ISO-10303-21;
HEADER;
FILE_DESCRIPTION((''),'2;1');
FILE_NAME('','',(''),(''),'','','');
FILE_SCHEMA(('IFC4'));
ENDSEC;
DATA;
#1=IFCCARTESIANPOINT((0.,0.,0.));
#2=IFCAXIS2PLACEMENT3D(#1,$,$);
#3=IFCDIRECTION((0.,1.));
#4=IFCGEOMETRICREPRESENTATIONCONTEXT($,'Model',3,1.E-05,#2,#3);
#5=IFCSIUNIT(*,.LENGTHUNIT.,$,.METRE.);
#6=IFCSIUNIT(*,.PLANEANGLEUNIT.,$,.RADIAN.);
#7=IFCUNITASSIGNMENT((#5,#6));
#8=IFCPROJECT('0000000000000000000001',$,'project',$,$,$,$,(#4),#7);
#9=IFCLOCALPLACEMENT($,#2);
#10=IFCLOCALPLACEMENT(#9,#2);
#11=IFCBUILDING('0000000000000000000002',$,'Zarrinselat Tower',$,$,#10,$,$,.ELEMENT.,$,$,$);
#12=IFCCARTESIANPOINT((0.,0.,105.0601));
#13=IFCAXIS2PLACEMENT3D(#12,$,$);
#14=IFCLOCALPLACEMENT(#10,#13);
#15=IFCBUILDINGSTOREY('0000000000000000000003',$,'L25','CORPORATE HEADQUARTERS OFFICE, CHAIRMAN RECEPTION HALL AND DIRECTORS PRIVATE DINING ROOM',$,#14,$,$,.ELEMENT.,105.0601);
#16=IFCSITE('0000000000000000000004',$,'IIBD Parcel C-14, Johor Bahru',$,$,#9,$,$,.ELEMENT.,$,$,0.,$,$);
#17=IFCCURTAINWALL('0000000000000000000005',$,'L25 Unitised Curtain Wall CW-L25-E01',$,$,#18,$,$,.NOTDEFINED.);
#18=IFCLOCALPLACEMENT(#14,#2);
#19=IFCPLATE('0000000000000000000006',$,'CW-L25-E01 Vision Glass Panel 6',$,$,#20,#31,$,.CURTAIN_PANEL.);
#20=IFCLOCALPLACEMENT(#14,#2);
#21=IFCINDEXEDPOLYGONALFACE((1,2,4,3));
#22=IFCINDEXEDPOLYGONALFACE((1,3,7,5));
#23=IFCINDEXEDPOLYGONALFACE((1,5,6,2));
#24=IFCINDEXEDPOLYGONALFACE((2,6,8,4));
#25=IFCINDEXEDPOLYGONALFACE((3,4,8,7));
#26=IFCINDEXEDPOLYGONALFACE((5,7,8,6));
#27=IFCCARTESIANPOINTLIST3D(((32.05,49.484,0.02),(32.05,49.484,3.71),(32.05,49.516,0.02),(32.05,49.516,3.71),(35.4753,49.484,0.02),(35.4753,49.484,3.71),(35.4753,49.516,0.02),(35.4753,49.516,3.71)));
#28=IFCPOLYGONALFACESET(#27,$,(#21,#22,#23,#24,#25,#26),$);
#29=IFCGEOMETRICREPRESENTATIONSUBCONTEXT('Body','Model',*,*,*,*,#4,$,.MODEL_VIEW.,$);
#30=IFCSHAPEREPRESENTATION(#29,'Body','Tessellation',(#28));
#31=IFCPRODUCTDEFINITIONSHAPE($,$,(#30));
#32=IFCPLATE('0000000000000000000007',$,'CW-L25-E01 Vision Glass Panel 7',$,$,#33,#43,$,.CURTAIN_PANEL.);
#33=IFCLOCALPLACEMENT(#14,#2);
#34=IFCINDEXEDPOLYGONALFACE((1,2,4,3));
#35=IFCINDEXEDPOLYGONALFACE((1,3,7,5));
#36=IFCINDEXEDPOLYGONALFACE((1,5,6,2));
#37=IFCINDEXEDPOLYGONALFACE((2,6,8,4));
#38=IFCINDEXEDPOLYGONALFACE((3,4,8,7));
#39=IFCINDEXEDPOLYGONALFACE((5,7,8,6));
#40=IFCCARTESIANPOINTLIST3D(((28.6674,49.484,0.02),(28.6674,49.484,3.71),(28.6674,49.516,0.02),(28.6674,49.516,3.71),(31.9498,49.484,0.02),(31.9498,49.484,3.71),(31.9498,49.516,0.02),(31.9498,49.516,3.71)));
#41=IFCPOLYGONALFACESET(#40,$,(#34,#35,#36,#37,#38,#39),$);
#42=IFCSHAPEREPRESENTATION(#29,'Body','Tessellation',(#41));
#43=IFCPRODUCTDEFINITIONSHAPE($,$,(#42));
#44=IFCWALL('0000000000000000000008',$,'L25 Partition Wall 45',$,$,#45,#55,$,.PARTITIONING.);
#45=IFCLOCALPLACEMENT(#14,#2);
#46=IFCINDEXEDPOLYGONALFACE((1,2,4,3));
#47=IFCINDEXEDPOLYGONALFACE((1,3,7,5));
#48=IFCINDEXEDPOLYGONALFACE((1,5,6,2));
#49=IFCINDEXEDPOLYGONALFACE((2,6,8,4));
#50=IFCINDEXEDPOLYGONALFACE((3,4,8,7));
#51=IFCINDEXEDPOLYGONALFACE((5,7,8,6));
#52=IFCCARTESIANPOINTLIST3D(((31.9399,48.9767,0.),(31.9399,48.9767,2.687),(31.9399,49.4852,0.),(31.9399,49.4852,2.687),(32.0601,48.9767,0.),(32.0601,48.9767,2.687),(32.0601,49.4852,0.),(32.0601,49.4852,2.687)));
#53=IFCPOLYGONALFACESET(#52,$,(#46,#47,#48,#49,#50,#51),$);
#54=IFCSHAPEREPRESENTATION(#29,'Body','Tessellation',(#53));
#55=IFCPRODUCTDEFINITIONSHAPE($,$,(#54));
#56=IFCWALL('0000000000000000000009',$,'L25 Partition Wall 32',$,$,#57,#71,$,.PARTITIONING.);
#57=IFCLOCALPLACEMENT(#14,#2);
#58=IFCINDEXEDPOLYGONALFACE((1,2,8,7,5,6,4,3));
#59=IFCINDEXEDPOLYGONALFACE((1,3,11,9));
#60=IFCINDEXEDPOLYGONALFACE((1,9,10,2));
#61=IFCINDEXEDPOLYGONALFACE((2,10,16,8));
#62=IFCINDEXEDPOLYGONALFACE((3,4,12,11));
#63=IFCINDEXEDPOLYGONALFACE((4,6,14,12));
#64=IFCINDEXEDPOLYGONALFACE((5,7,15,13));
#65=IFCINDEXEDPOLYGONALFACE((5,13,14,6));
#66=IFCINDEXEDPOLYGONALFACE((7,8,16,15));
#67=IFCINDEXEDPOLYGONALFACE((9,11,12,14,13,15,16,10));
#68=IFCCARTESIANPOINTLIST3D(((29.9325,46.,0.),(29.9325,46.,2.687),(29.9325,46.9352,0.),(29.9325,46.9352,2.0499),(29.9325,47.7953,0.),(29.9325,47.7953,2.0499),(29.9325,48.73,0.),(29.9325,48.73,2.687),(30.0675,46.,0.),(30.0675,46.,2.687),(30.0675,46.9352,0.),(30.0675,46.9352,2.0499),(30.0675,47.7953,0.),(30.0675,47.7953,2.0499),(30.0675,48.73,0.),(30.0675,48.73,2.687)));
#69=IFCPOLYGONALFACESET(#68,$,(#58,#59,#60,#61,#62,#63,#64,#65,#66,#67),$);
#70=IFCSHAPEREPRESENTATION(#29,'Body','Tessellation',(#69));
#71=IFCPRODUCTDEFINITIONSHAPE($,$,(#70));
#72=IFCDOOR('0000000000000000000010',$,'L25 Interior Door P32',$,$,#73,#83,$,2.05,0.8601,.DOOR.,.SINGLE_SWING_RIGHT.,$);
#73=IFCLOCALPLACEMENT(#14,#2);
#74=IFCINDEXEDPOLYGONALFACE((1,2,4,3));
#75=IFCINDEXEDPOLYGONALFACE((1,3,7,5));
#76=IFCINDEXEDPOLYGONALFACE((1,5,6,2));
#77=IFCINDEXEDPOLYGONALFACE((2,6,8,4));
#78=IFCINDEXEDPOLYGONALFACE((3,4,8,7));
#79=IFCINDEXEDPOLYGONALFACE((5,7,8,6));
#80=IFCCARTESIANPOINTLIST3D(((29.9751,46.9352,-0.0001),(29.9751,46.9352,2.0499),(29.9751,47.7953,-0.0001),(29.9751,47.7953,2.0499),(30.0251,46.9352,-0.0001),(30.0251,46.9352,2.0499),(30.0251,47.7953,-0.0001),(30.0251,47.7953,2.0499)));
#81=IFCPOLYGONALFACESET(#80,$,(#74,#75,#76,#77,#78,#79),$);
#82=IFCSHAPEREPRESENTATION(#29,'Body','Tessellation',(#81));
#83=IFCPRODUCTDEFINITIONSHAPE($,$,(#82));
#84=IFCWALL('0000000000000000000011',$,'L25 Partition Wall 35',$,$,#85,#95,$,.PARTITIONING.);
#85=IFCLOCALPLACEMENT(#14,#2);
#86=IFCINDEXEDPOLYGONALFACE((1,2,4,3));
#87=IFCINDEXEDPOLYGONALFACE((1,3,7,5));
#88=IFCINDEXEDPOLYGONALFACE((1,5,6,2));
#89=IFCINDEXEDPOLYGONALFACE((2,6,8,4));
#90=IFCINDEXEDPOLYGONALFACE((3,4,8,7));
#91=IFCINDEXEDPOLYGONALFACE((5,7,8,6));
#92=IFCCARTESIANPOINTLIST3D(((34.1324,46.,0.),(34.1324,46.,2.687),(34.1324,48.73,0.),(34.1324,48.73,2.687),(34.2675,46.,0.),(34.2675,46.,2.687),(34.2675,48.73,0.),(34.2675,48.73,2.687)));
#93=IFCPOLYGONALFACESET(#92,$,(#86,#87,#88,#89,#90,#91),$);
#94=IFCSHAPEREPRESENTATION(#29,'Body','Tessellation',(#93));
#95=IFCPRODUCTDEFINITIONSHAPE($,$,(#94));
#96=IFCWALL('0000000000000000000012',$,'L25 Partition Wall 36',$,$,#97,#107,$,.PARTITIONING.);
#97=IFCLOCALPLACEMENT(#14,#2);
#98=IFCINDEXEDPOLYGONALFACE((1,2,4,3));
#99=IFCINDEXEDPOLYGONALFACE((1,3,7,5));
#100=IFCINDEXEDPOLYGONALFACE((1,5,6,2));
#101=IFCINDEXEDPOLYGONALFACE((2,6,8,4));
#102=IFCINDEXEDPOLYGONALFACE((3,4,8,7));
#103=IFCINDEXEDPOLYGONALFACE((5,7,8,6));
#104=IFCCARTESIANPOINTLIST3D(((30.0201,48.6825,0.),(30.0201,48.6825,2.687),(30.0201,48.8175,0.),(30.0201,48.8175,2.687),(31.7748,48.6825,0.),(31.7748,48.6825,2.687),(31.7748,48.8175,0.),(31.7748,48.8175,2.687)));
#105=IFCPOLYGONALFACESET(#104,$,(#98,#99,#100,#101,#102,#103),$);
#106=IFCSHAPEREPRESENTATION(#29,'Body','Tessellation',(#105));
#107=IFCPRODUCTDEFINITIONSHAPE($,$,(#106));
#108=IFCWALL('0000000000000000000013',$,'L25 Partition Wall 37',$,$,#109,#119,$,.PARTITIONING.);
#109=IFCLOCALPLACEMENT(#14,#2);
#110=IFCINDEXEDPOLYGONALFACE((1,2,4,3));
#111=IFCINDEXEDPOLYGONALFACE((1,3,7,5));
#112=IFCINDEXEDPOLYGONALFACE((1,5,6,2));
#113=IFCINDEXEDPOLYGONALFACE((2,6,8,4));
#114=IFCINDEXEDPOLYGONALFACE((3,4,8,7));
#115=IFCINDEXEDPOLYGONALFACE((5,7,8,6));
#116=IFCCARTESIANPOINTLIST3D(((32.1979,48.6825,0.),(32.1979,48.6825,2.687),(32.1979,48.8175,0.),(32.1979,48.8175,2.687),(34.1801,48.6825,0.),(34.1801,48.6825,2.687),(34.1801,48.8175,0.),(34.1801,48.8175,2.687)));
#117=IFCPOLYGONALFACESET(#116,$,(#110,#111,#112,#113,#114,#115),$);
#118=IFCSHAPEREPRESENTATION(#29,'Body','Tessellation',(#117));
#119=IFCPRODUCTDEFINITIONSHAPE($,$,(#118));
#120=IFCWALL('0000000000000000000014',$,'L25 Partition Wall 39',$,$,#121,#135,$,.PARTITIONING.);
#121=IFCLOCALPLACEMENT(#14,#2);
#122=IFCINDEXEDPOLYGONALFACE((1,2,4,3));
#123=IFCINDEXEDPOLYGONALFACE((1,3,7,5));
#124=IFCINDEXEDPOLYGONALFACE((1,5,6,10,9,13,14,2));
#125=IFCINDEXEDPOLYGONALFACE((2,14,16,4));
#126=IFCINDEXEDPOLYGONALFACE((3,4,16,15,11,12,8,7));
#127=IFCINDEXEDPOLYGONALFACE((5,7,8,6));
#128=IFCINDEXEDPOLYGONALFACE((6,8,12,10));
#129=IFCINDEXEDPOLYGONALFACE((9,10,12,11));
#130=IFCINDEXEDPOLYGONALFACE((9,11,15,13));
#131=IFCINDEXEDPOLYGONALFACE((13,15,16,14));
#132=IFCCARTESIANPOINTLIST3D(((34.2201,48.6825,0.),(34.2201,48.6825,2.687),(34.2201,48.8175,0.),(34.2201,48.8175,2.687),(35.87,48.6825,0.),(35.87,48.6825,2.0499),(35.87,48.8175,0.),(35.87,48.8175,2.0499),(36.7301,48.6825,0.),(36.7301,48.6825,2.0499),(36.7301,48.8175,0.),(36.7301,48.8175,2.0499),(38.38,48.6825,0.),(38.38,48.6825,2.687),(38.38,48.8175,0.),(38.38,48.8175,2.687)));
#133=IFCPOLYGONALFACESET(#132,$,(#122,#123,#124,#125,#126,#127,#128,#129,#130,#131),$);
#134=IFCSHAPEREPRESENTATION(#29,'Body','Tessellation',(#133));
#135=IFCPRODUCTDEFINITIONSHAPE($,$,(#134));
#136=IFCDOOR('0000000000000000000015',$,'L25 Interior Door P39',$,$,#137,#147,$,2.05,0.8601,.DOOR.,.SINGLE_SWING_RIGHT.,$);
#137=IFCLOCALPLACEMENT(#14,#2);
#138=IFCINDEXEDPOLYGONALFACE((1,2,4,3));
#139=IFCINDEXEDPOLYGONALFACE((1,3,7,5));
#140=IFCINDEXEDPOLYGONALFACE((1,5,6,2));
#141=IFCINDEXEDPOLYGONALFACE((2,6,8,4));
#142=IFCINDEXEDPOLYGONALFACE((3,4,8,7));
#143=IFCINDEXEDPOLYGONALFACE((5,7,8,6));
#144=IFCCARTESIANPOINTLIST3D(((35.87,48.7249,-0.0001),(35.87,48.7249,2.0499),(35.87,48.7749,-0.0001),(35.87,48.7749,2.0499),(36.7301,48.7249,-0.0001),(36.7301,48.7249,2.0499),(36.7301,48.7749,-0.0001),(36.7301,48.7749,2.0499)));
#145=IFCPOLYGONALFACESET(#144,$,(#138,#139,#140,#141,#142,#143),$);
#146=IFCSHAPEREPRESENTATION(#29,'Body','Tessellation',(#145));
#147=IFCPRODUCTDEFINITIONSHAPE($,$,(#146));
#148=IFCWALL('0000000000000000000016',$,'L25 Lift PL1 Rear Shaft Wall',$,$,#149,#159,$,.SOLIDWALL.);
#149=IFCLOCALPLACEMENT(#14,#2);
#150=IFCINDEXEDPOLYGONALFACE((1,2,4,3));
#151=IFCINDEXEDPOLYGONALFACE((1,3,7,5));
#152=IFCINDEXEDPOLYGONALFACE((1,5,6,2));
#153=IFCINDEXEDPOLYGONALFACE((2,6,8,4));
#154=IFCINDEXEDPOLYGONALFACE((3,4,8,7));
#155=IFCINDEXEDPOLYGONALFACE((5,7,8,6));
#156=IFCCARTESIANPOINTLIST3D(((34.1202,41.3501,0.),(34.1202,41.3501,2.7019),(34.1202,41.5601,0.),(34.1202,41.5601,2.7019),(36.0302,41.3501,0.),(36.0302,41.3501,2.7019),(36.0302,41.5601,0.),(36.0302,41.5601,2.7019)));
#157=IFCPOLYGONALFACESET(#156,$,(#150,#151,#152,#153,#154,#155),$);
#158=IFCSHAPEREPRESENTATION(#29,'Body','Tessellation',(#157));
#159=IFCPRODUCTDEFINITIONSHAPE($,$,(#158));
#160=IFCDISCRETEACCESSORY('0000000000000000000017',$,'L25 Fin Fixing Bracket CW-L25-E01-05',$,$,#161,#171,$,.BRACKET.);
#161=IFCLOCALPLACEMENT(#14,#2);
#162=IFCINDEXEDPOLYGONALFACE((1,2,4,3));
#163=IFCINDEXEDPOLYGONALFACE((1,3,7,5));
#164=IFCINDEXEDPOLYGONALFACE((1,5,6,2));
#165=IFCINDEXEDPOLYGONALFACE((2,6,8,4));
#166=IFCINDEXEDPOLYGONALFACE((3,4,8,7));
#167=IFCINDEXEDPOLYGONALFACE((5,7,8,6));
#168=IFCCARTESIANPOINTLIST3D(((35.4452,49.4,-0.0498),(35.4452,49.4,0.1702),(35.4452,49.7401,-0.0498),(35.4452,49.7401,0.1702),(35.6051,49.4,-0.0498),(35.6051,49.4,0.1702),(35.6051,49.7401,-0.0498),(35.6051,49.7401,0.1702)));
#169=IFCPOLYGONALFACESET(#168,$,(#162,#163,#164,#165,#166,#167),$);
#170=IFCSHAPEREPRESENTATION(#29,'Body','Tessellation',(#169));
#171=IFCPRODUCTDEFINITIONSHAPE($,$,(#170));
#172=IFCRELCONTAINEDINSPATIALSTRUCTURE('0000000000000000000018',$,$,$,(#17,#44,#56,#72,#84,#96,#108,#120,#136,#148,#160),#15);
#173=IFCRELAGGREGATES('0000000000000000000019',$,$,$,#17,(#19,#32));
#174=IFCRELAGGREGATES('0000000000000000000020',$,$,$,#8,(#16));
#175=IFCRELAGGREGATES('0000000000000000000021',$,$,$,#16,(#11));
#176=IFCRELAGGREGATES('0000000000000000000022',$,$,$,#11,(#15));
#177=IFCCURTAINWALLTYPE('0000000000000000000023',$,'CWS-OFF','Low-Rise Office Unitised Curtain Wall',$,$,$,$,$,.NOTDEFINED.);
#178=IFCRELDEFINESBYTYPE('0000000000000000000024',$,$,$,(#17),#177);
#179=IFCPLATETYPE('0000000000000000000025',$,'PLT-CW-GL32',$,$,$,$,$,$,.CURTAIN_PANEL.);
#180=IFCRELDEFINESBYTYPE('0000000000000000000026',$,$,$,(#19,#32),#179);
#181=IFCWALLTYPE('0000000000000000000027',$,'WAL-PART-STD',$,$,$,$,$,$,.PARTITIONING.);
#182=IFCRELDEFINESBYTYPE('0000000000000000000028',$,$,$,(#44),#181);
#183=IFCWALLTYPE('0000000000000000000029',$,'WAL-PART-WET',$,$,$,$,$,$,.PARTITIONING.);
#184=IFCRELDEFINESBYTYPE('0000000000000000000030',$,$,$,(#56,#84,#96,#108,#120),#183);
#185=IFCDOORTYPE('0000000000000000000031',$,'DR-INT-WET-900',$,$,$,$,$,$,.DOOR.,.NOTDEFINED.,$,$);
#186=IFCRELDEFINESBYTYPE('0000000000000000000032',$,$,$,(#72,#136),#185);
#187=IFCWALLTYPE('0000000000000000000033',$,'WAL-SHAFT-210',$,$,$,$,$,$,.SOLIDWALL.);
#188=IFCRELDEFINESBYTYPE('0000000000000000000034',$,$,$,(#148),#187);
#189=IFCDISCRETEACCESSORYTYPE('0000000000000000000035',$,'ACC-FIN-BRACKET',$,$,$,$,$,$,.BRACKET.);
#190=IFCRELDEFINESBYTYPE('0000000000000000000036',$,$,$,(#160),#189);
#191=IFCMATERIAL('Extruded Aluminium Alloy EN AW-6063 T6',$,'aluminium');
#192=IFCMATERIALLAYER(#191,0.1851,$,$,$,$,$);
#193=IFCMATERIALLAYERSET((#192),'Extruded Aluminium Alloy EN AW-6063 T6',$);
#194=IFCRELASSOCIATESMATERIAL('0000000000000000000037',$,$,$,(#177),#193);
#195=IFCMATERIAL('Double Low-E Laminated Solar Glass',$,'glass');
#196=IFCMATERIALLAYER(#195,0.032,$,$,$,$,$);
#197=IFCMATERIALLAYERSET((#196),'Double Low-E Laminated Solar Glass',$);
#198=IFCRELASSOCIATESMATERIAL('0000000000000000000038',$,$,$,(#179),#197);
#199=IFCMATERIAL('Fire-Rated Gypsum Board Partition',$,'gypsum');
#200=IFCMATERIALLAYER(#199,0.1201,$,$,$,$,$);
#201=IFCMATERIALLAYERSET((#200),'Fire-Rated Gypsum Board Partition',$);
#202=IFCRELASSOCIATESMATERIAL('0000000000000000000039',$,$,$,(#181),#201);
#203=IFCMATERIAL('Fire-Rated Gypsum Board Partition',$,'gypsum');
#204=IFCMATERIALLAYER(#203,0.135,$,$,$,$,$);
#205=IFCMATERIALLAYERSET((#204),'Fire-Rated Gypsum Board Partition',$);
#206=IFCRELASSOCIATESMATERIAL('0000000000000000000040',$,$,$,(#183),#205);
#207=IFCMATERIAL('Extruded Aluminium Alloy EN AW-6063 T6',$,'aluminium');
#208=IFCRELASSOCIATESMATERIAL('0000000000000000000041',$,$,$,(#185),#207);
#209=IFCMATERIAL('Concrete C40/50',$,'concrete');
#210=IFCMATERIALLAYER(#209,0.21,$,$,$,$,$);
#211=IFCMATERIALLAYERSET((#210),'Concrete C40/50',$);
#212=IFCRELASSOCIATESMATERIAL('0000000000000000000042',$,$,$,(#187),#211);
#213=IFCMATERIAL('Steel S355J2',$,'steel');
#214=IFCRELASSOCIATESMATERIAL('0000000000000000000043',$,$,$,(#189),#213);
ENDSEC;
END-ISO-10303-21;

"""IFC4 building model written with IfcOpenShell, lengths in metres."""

from ifc_helpers import new_model, si_unit, direction, frame, frame_2d, origin, origin_2d, place, context, subcontext, project, spatial, rectangle, extrude, material, layer, layer_set, type_object, element, fill, aggregate, save


model = new_model("IFC4")

# Units and contexts
model_context = context("Model", 3, precision=1e-05, world=origin(), true_north=direction((0.0, 1.0)))
body_context = subcontext(model_context, "Body", "Model", "MODEL_VIEW")
ifc_project = project(units=[si_unit("LENGTHUNIT", "METRE"), si_unit("PLANEANGLEUNIT", "RADIAN")], contexts=[model_context])

# Site, building, storey
site_placement = place(None, origin())
site = spatial("IfcSite", under=ifc_project, at=site_placement, Name="IIBD Parcel C-14, Johor Bahru", CompositionType="ELEMENT", RefElevation=0.0)
building_placement = place(site_placement, origin())
building = spatial("IfcBuilding", under=site, at=building_placement, Name="Zarrinselat Tower", CompositionType="ELEMENT")
storey_placement = place(building_placement, frame((0.0, 0.0, 105.0601)))
storey = spatial("IfcBuildingStorey", under=building, at=storey_placement, Name="L25", Description="CORPORATE HEADQUARTERS OFFICE, CHAIRMAN RECEPTION HALL AND DIRECTORS PRIVATE DINING ROOM", CompositionType="ELEMENT", Elevation=105.0601)

# Curtain wall, plates
ifc_material_1 = material(Name="Extruded Aluminium Alloy EN AW-6063 T6", Category="aluminium")
ifc_layer_1 = layer(ifc_material_1, 0.1851)
ifc_layer_set_1 = layer_set([ifc_layer_1], Name="Extruded Aluminium Alloy EN AW-6063 T6")
curtain_wall_type = type_object("IfcCurtainWallType", Name="CWS-OFF", Description="Low-Rise Office Unitised Curtain Wall", PredefinedType="NOTDEFINED", material=ifc_layer_set_1)
curtain_wall_placement = place(storey_placement, origin())
curtain_wall = element("IfcCurtainWall", 1, at=curtain_wall_placement, inside=storey, type_object=curtain_wall_type, Name="L25 Unitised Curtain Wall CW-L25-E01", PredefinedType="NOTDEFINED")
ifc_material_2 = material(Name="Double Low-E Laminated Solar Glass", Category="glass")
ifc_layer_2 = layer(ifc_material_2, 0.032)
ifc_layer_set_2 = layer_set([ifc_layer_2], Name="Double Low-E Laminated Solar Glass")
plate_type = type_object("IfcPlateType", Name="PLT-CW-GL32", PredefinedType="CURTAIN_PANEL", material=ifc_layer_set_2)
plate_1_placement = place(storey_placement, frame((33.7627, 49.5, 0.02), z_axis=(0.0, 0.0, 1.0), x_axis=(-1.0, 0.0, 0.0)))
plate_1 = element("IfcPlate", 2, at=plate_1_placement, type_object=plate_type, Name="CW-L25-E01 Vision Glass Panel 6", PredefinedType="CURTAIN_PANEL", context=body_context, shape_type="SweptSolid", body=[
    extrude(rectangle(XDim=3.4253, YDim=0.032, at=origin_2d()), origin(), (0.0, 0.0, 1.0), 3.6899),
])
plate_2_placement = place(storey_placement, frame((30.3086, 49.5, 0.02), z_axis=(0.0, 0.0, 1.0), x_axis=(-1.0, 0.0, 0.0)))
plate_2 = element("IfcPlate", 3, at=plate_2_placement, type_object=plate_type, Name="CW-L25-E01 Vision Glass Panel 7", PredefinedType="CURTAIN_PANEL", context=body_context, shape_type="SweptSolid", body=[
    extrude(rectangle(XDim=3.2825, YDim=0.032, at=origin_2d()), origin(), (0.0, 0.0, 1.0), 3.6899),
])
aggregate(curtain_wall, [plate_1, plate_2])

# Wall
ifc_material_3 = material(Name="Fire-Rated Gypsum Board Partition", Category="gypsum")
ifc_layer_3 = layer(ifc_material_3, 0.1201)
ifc_layer_set_3 = layer_set([ifc_layer_3], Name="Fire-Rated Gypsum Board Partition")
wall_type_1 = type_object("IfcWallType", Name="WAL-PART-STD", PredefinedType="PARTITIONING", material=ifc_layer_set_3)
wall_1_placement = place(storey_placement, frame((32.0, 48.9766, 0.0), z_axis=(0.0, 0.0, 1.0), x_axis=(0.0, 1.0, 0.0)))
element("IfcWall", 4, at=wall_1_placement, inside=storey, type_object=wall_type_1, Name="L25 Partition Wall 45", PredefinedType="PARTITIONING", context=body_context, shape_type="SweptSolid", body=[
    extrude(rectangle(XDim=0.5085, YDim=0.1201, at=frame_2d((0.2544, 0.0))), origin(), (0.0, 0.0, 1.0), 2.687),
])

# Wall, opening, door
ifc_material_4 = material(Name="Fire-Rated Gypsum Board Partition", Category="gypsum")
ifc_layer_4 = layer(ifc_material_4, 0.135)
ifc_layer_set_4 = layer_set([ifc_layer_4], Name="Fire-Rated Gypsum Board Partition")
wall_type_2 = type_object("IfcWallType", Name="WAL-PART-WET", PredefinedType="PARTITIONING", material=ifc_layer_set_4)
wall_2_placement = place(storey_placement, frame((30.0, 46.0, 0.0), z_axis=(0.0, 0.0, 1.0), x_axis=(0.0, 1.0, 0.0)))
wall_2 = element("IfcWall", 5, at=wall_2_placement, inside=storey, type_object=wall_type_2, Name="L25 Partition Wall 32", PredefinedType="PARTITIONING", context=body_context, shape_type="SweptSolid", body=[
    extrude(rectangle(XDim=2.73, YDim=0.135, at=frame_2d((1.365, 0.0))), origin(), (0.0, 0.0, 1.0), 2.687),
])
opening_1_placement = place(wall_2_placement, frame((0.9351, 0.0, 0.0)))
opening_1 = element("IfcOpeningElement", 6, at=opening_1_placement, cuts=wall_2, PredefinedType="OPENING", context=body_context, shape_type="SweptSolid", body=[
    extrude(rectangle(XDim=0.8601, YDim=2.05, at=frame_2d((0.4302, 1.0249))), frame((0.0, 0.0774, 0.0), z_axis=(0.0, -1.0, 0.0), x_axis=(1.0, 0.0, 0.0)), (0.0, 0.0, 1.0), 0.155),
])
ifc_material_5 = material(Name="Extruded Aluminium Alloy EN AW-6063 T6", Category="aluminium")
door_type = type_object("IfcDoorType", Name="DR-INT-WET-900", OperationType="NOTDEFINED", PredefinedType="DOOR", material=ifc_material_5)
door_1_placement = place(opening_1_placement, origin())
door_1 = element("IfcDoor", 7, at=door_1_placement, inside=storey, type_object=door_type, Name="L25 Interior Door P32", OperationType="SINGLE_SWING_RIGHT", OverallHeight=2.05, OverallWidth=0.8601, PredefinedType="DOOR", context=body_context, shape_type="SweptSolid", body=[
    extrude(rectangle(XDim=0.8601, YDim=2.05, at=frame_2d((0.4302, 1.0249))), frame((0.0, 0.0249, 0.0), z_axis=(0.0, -1.0, 0.0), x_axis=(1.0, 0.0, 0.0)), (0.0, 0.0, 1.0), 0.05),
])
fill(opening_1, door_1)

# Walls
wall_3_placement = place(storey_placement, frame((34.2, 46.0, 0.0), z_axis=(0.0, 0.0, 1.0), x_axis=(0.0, 1.0, 0.0)))
element("IfcWall", 8, at=wall_3_placement, inside=storey, type_object=wall_type_2, Name="L25 Partition Wall 35", PredefinedType="PARTITIONING", context=body_context, shape_type="SweptSolid", body=[
    extrude(rectangle(XDim=2.73, YDim=0.135, at=frame_2d((1.365, 0.0))), origin(), (0.0, 0.0, 1.0), 2.687),
])
wall_4_placement = place(storey_placement, frame((30.02, 48.75, 0.0), z_axis=(0.0, 0.0, 1.0), x_axis=(1.0, 0.0, 0.0)))
element("IfcWall", 9, at=wall_4_placement, inside=storey, type_object=wall_type_2, Name="L25 Partition Wall 36", PredefinedType="PARTITIONING", context=body_context, shape_type="SweptSolid", body=[
    extrude(rectangle(XDim=1.7546, YDim=0.135, at=frame_2d((0.8774, 0.0))), origin(), (0.0, 0.0, 1.0), 2.687),
])
wall_5_placement = place(storey_placement, frame((32.1978, 48.75, 0.0), z_axis=(0.0, 0.0, 1.0), x_axis=(1.0, 0.0, 0.0)))
element("IfcWall", 10, at=wall_5_placement, inside=storey, type_object=wall_type_2, Name="L25 Partition Wall 37", PredefinedType="PARTITIONING", context=body_context, shape_type="SweptSolid", body=[
    extrude(rectangle(XDim=1.9822, YDim=0.135, at=frame_2d((0.9912, 0.0))), origin(), (0.0, 0.0, 1.0), 2.687),
])

# Wall, opening, door
wall_6_placement = place(storey_placement, frame((34.22, 48.75, 0.0), z_axis=(0.0, 0.0, 1.0), x_axis=(1.0, 0.0, 0.0)))
wall_6 = element("IfcWall", 11, at=wall_6_placement, inside=storey, type_object=wall_type_2, Name="L25 Partition Wall 39", PredefinedType="PARTITIONING", context=body_context, shape_type="SweptSolid", body=[
    extrude(rectangle(XDim=4.1599, YDim=0.135, at=frame_2d((2.0801, 0.0))), origin(), (0.0, 0.0, 1.0), 2.687),
])
opening_2_placement = place(wall_6_placement, frame((1.6499, 0.0, 0.0)))
opening_2 = element("IfcOpeningElement", 12, at=opening_2_placement, cuts=wall_6, PredefinedType="OPENING", context=body_context, shape_type="SweptSolid", body=[
    extrude(rectangle(XDim=0.8601, YDim=2.05, at=frame_2d((0.4302, 1.0249))), frame((0.0, 0.0774, 0.0), z_axis=(0.0, -1.0, 0.0), x_axis=(1.0, 0.0, 0.0)), (0.0, 0.0, 1.0), 0.155),
])
door_2_placement = place(opening_2_placement, origin())
door_2 = element("IfcDoor", 13, at=door_2_placement, inside=storey, type_object=door_type, Name="L25 Interior Door P39", OperationType="SINGLE_SWING_RIGHT", OverallHeight=2.05, OverallWidth=0.8601, PredefinedType="DOOR", context=body_context, shape_type="SweptSolid", body=[
    extrude(rectangle(XDim=0.8601, YDim=2.05, at=frame_2d((0.4302, 1.0249))), frame((0.0, 0.0249, 0.0), z_axis=(0.0, -1.0, 0.0), x_axis=(1.0, 0.0, 0.0)), (0.0, 0.0, 1.0), 0.05),
])
fill(opening_2, door_2)

# Wall
ifc_material_6 = material(Name="Concrete C40/50", Category="concrete")
ifc_layer_5 = layer(ifc_material_6, 0.21)
ifc_layer_set_5 = layer_set([ifc_layer_5], Name="Concrete C40/50")
wall_type_3 = type_object("IfcWallType", Name="WAL-SHAFT-210", PredefinedType="SOLIDWALL", material=ifc_layer_set_5)
wall_7_placement = place(storey_placement, frame((34.1201, 41.4551, 0.0), z_axis=(0.0, 0.0, 1.0), x_axis=(1.0, 0.0, 0.0)))
element("IfcWall", 14, at=wall_7_placement, inside=storey, type_object=wall_type_3, Name="L25 Lift PL1 Rear Shaft Wall", PredefinedType="SOLIDWALL", context=body_context, shape_type="SweptSolid", body=[
    extrude(rectangle(XDim=1.9099, YDim=0.21, at=frame_2d((0.9551, 0.0))), origin(), (0.0, 0.0, 1.0), 2.7019),
])

# Discrete accessory
ifc_material_7 = material(Name="Steel S355J2", Category="steel")
discrete_accessory_type = type_object("IfcDiscreteAccessoryType", Name="ACC-FIN-BRACKET", PredefinedType="BRACKET", material=ifc_material_7)
discrete_accessory_placement = place(storey_placement, frame((35.5251, 49.5701, -0.0498), z_axis=(0.0, 0.0, 1.0), x_axis=(0.0, 1.0, 0.0)))
element("IfcDiscreteAccessory", 15, at=discrete_accessory_placement, inside=storey, type_object=discrete_accessory_type, Name="L25 Fin Fixing Bracket CW-L25-E01-05", PredefinedType="BRACKET", context=body_context, shape_type="SweptSolid", body=[
    extrude(rectangle(XDim=0.3401, YDim=0.1599, at=origin_2d()), origin(), (0.0, 0.0, 1.0), 0.22),
])

save(model, "model.ifc")
